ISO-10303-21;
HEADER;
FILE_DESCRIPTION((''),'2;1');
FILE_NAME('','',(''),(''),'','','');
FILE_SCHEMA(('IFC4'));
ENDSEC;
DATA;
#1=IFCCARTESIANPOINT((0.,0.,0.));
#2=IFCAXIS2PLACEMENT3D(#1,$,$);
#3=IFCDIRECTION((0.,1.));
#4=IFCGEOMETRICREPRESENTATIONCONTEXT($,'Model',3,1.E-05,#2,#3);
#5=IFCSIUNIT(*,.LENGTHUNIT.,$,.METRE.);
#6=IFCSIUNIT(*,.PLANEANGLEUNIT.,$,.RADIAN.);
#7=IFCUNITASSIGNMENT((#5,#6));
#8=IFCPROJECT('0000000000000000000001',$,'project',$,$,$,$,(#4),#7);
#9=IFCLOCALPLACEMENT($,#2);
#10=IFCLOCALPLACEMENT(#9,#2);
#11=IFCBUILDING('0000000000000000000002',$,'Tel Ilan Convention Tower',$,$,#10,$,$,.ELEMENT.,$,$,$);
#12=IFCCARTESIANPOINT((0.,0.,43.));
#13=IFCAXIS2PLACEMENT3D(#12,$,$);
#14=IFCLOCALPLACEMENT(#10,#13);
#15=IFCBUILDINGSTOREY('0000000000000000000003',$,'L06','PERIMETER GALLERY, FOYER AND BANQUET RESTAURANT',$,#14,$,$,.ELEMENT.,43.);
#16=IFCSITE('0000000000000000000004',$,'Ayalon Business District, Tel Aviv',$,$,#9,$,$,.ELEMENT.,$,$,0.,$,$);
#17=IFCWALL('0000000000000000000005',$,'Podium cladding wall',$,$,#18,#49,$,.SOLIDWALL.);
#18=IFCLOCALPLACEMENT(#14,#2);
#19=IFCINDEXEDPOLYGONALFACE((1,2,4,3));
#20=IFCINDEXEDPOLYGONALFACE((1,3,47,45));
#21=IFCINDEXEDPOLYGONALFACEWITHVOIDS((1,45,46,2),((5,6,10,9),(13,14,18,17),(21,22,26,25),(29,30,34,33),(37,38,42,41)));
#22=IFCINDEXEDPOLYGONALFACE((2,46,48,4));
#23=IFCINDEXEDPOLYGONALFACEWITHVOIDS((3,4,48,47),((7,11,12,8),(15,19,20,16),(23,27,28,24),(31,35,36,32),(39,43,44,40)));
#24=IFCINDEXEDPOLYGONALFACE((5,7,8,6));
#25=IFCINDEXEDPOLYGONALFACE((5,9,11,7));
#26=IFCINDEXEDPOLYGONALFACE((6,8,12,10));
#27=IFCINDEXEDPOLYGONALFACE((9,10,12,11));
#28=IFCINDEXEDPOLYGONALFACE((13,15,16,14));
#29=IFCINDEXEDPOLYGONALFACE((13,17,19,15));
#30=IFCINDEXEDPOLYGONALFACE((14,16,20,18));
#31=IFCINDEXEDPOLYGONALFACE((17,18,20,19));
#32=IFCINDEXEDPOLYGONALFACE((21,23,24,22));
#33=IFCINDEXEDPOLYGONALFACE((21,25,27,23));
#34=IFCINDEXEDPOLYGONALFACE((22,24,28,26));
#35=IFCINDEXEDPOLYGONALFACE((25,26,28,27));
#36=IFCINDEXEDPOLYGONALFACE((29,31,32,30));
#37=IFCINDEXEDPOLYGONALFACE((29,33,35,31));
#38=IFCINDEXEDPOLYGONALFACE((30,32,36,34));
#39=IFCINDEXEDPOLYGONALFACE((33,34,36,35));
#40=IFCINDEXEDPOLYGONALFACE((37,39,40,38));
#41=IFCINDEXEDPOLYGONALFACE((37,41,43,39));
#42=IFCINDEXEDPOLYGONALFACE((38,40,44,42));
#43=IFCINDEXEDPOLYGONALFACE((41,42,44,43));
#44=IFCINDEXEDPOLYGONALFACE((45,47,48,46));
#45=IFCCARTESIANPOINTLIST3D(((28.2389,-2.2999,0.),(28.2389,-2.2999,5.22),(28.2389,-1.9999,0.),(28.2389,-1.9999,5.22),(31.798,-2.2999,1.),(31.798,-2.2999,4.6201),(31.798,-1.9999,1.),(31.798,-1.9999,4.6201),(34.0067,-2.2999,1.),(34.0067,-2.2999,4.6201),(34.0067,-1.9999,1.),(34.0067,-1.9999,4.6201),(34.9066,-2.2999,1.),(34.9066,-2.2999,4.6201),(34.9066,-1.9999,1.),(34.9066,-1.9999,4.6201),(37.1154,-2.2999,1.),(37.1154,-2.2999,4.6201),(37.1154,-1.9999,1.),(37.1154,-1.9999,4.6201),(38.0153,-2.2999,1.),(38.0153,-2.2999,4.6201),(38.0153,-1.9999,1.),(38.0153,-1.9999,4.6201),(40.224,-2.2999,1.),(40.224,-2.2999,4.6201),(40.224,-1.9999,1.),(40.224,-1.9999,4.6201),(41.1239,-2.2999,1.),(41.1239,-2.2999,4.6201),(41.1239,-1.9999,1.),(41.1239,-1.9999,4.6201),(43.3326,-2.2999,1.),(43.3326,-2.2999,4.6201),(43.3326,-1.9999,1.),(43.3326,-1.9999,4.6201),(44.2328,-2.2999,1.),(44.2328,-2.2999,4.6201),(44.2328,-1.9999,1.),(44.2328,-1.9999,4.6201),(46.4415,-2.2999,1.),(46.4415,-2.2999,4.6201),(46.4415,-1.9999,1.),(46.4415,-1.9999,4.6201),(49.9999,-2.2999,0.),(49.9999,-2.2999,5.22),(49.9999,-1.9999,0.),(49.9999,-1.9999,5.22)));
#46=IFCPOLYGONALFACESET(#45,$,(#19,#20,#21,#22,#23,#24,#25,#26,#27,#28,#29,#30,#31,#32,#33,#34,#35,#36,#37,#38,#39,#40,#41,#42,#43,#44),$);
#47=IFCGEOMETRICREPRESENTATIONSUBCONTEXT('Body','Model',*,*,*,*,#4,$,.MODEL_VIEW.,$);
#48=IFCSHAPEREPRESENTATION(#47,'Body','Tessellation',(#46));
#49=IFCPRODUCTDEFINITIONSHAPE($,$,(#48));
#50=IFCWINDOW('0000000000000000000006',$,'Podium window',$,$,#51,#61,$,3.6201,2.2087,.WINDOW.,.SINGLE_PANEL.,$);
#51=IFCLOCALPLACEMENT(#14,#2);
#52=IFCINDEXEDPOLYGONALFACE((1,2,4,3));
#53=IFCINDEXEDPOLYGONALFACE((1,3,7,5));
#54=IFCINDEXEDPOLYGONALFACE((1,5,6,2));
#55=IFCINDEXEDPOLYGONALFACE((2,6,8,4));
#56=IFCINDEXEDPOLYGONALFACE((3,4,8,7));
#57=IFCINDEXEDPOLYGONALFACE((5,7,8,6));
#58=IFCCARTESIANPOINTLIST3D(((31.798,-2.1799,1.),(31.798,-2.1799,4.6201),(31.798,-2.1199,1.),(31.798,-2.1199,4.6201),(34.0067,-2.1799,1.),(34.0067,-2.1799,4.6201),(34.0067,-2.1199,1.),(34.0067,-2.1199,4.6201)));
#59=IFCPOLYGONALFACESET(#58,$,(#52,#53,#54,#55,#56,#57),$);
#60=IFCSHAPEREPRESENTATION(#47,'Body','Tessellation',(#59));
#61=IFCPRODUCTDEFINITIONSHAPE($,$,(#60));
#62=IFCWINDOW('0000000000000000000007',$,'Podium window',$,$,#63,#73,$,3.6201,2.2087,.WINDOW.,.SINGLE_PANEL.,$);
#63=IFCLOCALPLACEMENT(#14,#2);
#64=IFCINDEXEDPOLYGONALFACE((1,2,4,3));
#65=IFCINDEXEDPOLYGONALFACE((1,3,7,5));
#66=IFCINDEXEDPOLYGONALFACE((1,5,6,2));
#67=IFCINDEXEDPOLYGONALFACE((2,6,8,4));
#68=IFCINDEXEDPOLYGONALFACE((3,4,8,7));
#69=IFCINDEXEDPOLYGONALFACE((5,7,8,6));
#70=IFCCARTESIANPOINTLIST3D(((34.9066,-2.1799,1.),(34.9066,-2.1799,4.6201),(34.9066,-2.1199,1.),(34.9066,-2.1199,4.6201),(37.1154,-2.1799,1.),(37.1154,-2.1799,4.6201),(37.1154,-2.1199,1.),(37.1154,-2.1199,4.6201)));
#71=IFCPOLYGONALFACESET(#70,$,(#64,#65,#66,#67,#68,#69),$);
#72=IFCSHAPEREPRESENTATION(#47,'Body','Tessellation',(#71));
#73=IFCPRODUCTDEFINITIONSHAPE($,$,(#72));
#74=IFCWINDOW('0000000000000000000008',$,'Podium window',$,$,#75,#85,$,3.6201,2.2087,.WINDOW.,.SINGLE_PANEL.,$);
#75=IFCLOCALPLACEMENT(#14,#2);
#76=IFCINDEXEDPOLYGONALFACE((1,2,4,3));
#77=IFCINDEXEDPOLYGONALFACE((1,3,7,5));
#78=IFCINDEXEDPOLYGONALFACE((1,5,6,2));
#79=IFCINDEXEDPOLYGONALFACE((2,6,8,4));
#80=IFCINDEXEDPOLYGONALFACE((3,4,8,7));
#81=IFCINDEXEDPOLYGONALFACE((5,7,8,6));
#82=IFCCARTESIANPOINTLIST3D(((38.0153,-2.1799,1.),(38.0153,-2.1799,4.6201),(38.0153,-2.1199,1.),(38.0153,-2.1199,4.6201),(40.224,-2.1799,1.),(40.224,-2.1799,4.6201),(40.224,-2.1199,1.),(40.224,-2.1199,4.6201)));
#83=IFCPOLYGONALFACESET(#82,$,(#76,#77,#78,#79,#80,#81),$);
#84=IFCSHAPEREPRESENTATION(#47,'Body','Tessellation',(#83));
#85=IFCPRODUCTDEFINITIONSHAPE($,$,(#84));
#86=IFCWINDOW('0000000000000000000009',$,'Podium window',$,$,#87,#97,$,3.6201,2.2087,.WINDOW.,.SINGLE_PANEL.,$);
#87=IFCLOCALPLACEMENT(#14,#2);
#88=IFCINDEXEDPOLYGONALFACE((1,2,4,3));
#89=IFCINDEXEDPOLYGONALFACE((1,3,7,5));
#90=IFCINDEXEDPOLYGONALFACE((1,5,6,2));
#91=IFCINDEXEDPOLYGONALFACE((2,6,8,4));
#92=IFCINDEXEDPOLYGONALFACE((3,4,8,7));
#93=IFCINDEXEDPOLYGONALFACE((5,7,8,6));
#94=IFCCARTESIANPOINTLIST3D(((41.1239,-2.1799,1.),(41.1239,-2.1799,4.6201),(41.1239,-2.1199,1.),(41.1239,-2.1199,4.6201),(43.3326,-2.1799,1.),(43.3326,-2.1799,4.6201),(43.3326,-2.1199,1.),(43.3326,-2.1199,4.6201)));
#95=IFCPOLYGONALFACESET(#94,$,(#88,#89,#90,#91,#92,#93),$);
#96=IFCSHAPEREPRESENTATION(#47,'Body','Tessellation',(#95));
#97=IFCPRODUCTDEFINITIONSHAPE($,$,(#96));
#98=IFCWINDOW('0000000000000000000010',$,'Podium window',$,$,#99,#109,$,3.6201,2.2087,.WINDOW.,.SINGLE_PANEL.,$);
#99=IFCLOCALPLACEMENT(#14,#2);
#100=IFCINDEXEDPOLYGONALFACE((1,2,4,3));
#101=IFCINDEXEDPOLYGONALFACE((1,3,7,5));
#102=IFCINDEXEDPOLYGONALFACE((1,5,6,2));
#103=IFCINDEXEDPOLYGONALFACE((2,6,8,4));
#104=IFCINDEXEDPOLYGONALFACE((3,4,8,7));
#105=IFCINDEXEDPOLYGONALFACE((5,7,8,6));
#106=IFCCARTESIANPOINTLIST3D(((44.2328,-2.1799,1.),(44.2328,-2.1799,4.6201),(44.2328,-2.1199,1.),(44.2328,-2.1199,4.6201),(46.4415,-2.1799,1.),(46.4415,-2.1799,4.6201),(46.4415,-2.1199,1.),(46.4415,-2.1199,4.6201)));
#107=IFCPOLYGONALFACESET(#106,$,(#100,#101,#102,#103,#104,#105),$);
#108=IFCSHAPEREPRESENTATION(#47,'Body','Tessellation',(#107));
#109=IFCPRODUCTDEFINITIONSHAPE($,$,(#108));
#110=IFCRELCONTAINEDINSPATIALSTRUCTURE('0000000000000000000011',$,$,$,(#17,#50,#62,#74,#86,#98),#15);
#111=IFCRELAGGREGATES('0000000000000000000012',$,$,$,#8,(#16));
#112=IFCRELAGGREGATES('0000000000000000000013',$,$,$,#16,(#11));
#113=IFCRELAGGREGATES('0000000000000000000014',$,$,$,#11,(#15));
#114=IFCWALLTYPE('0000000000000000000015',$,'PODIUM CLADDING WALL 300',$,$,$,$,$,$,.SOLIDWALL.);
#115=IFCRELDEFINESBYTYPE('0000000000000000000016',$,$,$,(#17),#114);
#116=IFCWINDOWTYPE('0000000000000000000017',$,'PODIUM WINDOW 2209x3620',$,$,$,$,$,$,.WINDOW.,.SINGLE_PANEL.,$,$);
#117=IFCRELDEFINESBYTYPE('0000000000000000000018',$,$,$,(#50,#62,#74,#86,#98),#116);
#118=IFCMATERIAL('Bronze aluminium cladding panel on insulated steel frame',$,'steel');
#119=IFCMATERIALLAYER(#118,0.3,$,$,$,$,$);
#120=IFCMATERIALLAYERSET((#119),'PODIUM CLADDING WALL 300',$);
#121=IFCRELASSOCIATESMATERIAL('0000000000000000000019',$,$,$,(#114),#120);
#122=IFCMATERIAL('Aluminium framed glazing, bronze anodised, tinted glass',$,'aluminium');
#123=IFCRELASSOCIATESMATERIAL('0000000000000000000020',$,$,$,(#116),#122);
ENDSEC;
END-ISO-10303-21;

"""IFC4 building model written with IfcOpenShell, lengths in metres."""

from ifc_helpers import new_model, si_unit, direction, frame, frame_2d, origin, place, context, subcontext, project, spatial, rectangle, extrude, material, layer, layer_set, type_object, element, fill, save


model = new_model("IFC4")

# Units and contexts
model_context = context("Model", 3, precision=1e-05, world=origin(), true_north=direction((0.0, 1.0)))
body_context = subcontext(model_context, "Body", "Model", "MODEL_VIEW")
ifc_project = project(units=[si_unit("LENGTHUNIT", "METRE"), si_unit("PLANEANGLEUNIT", "RADIAN")], contexts=[model_context])

# Site, building, storey
site_placement = place(None, origin())
site = spatial("IfcSite", under=ifc_project, at=site_placement, Name="Ayalon Business District, Tel Aviv", CompositionType="ELEMENT", RefElevation=0.0)
building_placement = place(site_placement, origin())
building = spatial("IfcBuilding", under=site, at=building_placement, Name="Tel Ilan Convention Tower", CompositionType="ELEMENT")
storey_placement = place(building_placement, frame((0.0, 0.0, 43.0)))
storey = spatial("IfcBuildingStorey", under=building, at=storey_placement, Name="L06", Description="PERIMETER GALLERY, FOYER AND BANQUET RESTAURANT", CompositionType="ELEMENT", Elevation=43.0)

# Wall, openings, windows
ifc_material_1 = material(Name="Bronze aluminium cladding panel on insulated steel frame", Category="steel")
ifc_layer_1 = layer(ifc_material_1, 0.3)
ifc_layer_set_1 = layer_set([ifc_layer_1], Name="PODIUM CLADDING WALL 300")
wall_type_1 = type_object("IfcWallType", Name="PODIUM CLADDING WALL 300", PredefinedType="SOLIDWALL", material=ifc_layer_set_1)
wall_1_placement = place(storey_placement, frame((28.239, -2.1499, 0.0), z_axis=(0.0, 0.0, 1.0), x_axis=(1.0, 0.0, 0.0)))
wall_1 = element("IfcWall", 1, at=wall_1_placement, inside=storey, type_object=wall_type_1, Name="Podium cladding wall", PredefinedType="SOLIDWALL", context=body_context, shape_type="SweptSolid", body=[
    extrude(rectangle(XDim=21.761, YDim=0.3, at=frame_2d((10.8804, 0.0))), origin(), (0.0, 0.0, 1.0), 5.22),
])
opening_1_placement = place(wall_1_placement, frame((3.5588, 0.0, 1.0)))
opening_1 = element("IfcOpeningElement", 2, at=opening_1_placement, cuts=wall_1, PredefinedType="OPENING", context=body_context, shape_type="SweptSolid", body=[
    extrude(rectangle(XDim=2.2087, YDim=3.6201, at=frame_2d((1.1045, 1.8101))), frame((0.0, 0.1599, 0.0), z_axis=(0.0, -1.0, 0.0), x_axis=(1.0, 0.0, 0.0)), (0.0, 0.0, 1.0), 0.3201),
])
opening_2_placement = place(wall_1_placement, frame((6.6675, 0.0, 1.0)))
opening_2 = element("IfcOpeningElement", 3, at=opening_2_placement, cuts=wall_1, PredefinedType="OPENING", context=body_context, shape_type="SweptSolid", body=[
    extrude(rectangle(XDim=2.2087, YDim=3.6201, at=frame_2d((1.1045, 1.8101))), frame((0.0, 0.1599, 0.0), z_axis=(0.0, -1.0, 0.0), x_axis=(1.0, 0.0, 0.0)), (0.0, 0.0, 1.0), 0.3201),
])
opening_3_placement = place(wall_1_placement, frame((9.7761, 0.0, 1.0)))
opening_3 = element("IfcOpeningElement", 4, at=opening_3_placement, cuts=wall_1, PredefinedType="OPENING", context=body_context, shape_type="SweptSolid", body=[
    extrude(rectangle(XDim=2.2087, YDim=3.6201, at=frame_2d((1.1045, 1.8101))), frame((0.0, 0.1599, 0.0), z_axis=(0.0, -1.0, 0.0), x_axis=(1.0, 0.0, 0.0)), (0.0, 0.0, 1.0), 0.3201),
])
opening_4_placement = place(wall_1_placement, frame((12.8848, 0.0, 1.0)))
opening_4 = element("IfcOpeningElement", 5, at=opening_4_placement, cuts=wall_1, PredefinedType="OPENING", context=body_context, shape_type="SweptSolid", body=[
    extrude(rectangle(XDim=2.2087, YDim=3.6201, at=frame_2d((1.1045, 1.8101))), frame((0.0, 0.1599, 0.0), z_axis=(0.0, -1.0, 0.0), x_axis=(1.0, 0.0, 0.0)), (0.0, 0.0, 1.0), 0.3201),
])
opening_5_placement = place(wall_1_placement, frame((15.9937, 0.0, 1.0)))
opening_5 = element("IfcOpeningElement", 6, at=opening_5_placement, cuts=wall_1, PredefinedType="OPENING", context=body_context, shape_type="SweptSolid", body=[
    extrude(rectangle(XDim=2.2087, YDim=3.6201, at=frame_2d((1.1045, 1.8101))), frame((0.0, 0.1599, 0.0), z_axis=(0.0, -1.0, 0.0), x_axis=(1.0, 0.0, 0.0)), (0.0, 0.0, 1.0), 0.3201),
])
ifc_material_2 = material(Name="Aluminium framed glazing, bronze anodised, tinted glass", Category="aluminium")
window_type = type_object("IfcWindowType", Name="PODIUM WINDOW 2209x3620", PartitioningType="SINGLE_PANEL", PredefinedType="WINDOW", material=ifc_material_2)
window_1_placement = place(opening_1_placement, origin())
window_1 = element("IfcWindow", 7, at=window_1_placement, inside=storey, type_object=window_type, Name="Podium window", OverallHeight=3.6201, OverallWidth=2.2087, PartitioningType="SINGLE_PANEL", PredefinedType="WINDOW", context=body_context, shape_type="SweptSolid", body=[
    extrude(rectangle(XDim=2.2087, YDim=3.6201, at=frame_2d((1.1045, 1.8101))), frame((0.0, 0.03, 0.0), z_axis=(0.0, -1.0, 0.0), x_axis=(1.0, 0.0, 0.0)), (0.0, 0.0, 1.0), 0.0601),
])
fill(opening_1, window_1)
window_2_placement = place(opening_2_placement, origin())
window_2 = element("IfcWindow", 8, at=window_2_placement, inside=storey, type_object=window_type, Name="Podium window", OverallHeight=3.6201, OverallWidth=2.2087, PartitioningType="SINGLE_PANEL", PredefinedType="WINDOW", context=body_context, shape_type="SweptSolid", body=[
    extrude(rectangle(XDim=2.2087, YDim=3.6201, at=frame_2d((1.1045, 1.8101))), frame((0.0, 0.03, 0.0), z_axis=(0.0, -1.0, 0.0), x_axis=(1.0, 0.0, 0.0)), (0.0, 0.0, 1.0), 0.0601),
])
fill(opening_2, window_2)
window_3_placement = place(opening_3_placement, origin())
window_3 = element("IfcWindow", 9, at=window_3_placement, inside=storey, type_object=window_type, Name="Podium window", OverallHeight=3.6201, OverallWidth=2.2087, PartitioningType="SINGLE_PANEL", PredefinedType="WINDOW", context=body_context, shape_type="SweptSolid", body=[
    extrude(rectangle(XDim=2.2087, YDim=3.6201, at=frame_2d((1.1045, 1.8101))), frame((0.0, 0.03, 0.0), z_axis=(0.0, -1.0, 0.0), x_axis=(1.0, 0.0, 0.0)), (0.0, 0.0, 1.0), 0.0601),
])
fill(opening_3, window_3)
window_4_placement = place(opening_4_placement, origin())
window_4 = element("IfcWindow", 10, at=window_4_placement, inside=storey, type_object=window_type, Name="Podium window", OverallHeight=3.6201, OverallWidth=2.2087, PartitioningType="SINGLE_PANEL", PredefinedType="WINDOW", context=body_context, shape_type="SweptSolid", body=[
    extrude(rectangle(XDim=2.2087, YDim=3.6201, at=frame_2d((1.1045, 1.8101))), frame((0.0, 0.03, 0.0), z_axis=(0.0, -1.0, 0.0), x_axis=(1.0, 0.0, 0.0)), (0.0, 0.0, 1.0), 0.0601),
])
fill(opening_4, window_4)
window_5_placement = place(opening_5_placement, origin())
window_5 = element("IfcWindow", 11, at=window_5_placement, inside=storey, type_object=window_type, Name="Podium window", OverallHeight=3.6201, OverallWidth=2.2087, PartitioningType="SINGLE_PANEL", PredefinedType="WINDOW", context=body_context, shape_type="SweptSolid", body=[
    extrude(rectangle(XDim=2.2087, YDim=3.6201, at=frame_2d((1.1045, 1.8101))), frame((0.0, 0.03, 0.0), z_axis=(0.0, -1.0, 0.0), x_axis=(1.0, 0.0, 0.0)), (0.0, 0.0, 1.0), 0.0601),
])
fill(opening_5, window_5)

save(model, "model.ifc")
